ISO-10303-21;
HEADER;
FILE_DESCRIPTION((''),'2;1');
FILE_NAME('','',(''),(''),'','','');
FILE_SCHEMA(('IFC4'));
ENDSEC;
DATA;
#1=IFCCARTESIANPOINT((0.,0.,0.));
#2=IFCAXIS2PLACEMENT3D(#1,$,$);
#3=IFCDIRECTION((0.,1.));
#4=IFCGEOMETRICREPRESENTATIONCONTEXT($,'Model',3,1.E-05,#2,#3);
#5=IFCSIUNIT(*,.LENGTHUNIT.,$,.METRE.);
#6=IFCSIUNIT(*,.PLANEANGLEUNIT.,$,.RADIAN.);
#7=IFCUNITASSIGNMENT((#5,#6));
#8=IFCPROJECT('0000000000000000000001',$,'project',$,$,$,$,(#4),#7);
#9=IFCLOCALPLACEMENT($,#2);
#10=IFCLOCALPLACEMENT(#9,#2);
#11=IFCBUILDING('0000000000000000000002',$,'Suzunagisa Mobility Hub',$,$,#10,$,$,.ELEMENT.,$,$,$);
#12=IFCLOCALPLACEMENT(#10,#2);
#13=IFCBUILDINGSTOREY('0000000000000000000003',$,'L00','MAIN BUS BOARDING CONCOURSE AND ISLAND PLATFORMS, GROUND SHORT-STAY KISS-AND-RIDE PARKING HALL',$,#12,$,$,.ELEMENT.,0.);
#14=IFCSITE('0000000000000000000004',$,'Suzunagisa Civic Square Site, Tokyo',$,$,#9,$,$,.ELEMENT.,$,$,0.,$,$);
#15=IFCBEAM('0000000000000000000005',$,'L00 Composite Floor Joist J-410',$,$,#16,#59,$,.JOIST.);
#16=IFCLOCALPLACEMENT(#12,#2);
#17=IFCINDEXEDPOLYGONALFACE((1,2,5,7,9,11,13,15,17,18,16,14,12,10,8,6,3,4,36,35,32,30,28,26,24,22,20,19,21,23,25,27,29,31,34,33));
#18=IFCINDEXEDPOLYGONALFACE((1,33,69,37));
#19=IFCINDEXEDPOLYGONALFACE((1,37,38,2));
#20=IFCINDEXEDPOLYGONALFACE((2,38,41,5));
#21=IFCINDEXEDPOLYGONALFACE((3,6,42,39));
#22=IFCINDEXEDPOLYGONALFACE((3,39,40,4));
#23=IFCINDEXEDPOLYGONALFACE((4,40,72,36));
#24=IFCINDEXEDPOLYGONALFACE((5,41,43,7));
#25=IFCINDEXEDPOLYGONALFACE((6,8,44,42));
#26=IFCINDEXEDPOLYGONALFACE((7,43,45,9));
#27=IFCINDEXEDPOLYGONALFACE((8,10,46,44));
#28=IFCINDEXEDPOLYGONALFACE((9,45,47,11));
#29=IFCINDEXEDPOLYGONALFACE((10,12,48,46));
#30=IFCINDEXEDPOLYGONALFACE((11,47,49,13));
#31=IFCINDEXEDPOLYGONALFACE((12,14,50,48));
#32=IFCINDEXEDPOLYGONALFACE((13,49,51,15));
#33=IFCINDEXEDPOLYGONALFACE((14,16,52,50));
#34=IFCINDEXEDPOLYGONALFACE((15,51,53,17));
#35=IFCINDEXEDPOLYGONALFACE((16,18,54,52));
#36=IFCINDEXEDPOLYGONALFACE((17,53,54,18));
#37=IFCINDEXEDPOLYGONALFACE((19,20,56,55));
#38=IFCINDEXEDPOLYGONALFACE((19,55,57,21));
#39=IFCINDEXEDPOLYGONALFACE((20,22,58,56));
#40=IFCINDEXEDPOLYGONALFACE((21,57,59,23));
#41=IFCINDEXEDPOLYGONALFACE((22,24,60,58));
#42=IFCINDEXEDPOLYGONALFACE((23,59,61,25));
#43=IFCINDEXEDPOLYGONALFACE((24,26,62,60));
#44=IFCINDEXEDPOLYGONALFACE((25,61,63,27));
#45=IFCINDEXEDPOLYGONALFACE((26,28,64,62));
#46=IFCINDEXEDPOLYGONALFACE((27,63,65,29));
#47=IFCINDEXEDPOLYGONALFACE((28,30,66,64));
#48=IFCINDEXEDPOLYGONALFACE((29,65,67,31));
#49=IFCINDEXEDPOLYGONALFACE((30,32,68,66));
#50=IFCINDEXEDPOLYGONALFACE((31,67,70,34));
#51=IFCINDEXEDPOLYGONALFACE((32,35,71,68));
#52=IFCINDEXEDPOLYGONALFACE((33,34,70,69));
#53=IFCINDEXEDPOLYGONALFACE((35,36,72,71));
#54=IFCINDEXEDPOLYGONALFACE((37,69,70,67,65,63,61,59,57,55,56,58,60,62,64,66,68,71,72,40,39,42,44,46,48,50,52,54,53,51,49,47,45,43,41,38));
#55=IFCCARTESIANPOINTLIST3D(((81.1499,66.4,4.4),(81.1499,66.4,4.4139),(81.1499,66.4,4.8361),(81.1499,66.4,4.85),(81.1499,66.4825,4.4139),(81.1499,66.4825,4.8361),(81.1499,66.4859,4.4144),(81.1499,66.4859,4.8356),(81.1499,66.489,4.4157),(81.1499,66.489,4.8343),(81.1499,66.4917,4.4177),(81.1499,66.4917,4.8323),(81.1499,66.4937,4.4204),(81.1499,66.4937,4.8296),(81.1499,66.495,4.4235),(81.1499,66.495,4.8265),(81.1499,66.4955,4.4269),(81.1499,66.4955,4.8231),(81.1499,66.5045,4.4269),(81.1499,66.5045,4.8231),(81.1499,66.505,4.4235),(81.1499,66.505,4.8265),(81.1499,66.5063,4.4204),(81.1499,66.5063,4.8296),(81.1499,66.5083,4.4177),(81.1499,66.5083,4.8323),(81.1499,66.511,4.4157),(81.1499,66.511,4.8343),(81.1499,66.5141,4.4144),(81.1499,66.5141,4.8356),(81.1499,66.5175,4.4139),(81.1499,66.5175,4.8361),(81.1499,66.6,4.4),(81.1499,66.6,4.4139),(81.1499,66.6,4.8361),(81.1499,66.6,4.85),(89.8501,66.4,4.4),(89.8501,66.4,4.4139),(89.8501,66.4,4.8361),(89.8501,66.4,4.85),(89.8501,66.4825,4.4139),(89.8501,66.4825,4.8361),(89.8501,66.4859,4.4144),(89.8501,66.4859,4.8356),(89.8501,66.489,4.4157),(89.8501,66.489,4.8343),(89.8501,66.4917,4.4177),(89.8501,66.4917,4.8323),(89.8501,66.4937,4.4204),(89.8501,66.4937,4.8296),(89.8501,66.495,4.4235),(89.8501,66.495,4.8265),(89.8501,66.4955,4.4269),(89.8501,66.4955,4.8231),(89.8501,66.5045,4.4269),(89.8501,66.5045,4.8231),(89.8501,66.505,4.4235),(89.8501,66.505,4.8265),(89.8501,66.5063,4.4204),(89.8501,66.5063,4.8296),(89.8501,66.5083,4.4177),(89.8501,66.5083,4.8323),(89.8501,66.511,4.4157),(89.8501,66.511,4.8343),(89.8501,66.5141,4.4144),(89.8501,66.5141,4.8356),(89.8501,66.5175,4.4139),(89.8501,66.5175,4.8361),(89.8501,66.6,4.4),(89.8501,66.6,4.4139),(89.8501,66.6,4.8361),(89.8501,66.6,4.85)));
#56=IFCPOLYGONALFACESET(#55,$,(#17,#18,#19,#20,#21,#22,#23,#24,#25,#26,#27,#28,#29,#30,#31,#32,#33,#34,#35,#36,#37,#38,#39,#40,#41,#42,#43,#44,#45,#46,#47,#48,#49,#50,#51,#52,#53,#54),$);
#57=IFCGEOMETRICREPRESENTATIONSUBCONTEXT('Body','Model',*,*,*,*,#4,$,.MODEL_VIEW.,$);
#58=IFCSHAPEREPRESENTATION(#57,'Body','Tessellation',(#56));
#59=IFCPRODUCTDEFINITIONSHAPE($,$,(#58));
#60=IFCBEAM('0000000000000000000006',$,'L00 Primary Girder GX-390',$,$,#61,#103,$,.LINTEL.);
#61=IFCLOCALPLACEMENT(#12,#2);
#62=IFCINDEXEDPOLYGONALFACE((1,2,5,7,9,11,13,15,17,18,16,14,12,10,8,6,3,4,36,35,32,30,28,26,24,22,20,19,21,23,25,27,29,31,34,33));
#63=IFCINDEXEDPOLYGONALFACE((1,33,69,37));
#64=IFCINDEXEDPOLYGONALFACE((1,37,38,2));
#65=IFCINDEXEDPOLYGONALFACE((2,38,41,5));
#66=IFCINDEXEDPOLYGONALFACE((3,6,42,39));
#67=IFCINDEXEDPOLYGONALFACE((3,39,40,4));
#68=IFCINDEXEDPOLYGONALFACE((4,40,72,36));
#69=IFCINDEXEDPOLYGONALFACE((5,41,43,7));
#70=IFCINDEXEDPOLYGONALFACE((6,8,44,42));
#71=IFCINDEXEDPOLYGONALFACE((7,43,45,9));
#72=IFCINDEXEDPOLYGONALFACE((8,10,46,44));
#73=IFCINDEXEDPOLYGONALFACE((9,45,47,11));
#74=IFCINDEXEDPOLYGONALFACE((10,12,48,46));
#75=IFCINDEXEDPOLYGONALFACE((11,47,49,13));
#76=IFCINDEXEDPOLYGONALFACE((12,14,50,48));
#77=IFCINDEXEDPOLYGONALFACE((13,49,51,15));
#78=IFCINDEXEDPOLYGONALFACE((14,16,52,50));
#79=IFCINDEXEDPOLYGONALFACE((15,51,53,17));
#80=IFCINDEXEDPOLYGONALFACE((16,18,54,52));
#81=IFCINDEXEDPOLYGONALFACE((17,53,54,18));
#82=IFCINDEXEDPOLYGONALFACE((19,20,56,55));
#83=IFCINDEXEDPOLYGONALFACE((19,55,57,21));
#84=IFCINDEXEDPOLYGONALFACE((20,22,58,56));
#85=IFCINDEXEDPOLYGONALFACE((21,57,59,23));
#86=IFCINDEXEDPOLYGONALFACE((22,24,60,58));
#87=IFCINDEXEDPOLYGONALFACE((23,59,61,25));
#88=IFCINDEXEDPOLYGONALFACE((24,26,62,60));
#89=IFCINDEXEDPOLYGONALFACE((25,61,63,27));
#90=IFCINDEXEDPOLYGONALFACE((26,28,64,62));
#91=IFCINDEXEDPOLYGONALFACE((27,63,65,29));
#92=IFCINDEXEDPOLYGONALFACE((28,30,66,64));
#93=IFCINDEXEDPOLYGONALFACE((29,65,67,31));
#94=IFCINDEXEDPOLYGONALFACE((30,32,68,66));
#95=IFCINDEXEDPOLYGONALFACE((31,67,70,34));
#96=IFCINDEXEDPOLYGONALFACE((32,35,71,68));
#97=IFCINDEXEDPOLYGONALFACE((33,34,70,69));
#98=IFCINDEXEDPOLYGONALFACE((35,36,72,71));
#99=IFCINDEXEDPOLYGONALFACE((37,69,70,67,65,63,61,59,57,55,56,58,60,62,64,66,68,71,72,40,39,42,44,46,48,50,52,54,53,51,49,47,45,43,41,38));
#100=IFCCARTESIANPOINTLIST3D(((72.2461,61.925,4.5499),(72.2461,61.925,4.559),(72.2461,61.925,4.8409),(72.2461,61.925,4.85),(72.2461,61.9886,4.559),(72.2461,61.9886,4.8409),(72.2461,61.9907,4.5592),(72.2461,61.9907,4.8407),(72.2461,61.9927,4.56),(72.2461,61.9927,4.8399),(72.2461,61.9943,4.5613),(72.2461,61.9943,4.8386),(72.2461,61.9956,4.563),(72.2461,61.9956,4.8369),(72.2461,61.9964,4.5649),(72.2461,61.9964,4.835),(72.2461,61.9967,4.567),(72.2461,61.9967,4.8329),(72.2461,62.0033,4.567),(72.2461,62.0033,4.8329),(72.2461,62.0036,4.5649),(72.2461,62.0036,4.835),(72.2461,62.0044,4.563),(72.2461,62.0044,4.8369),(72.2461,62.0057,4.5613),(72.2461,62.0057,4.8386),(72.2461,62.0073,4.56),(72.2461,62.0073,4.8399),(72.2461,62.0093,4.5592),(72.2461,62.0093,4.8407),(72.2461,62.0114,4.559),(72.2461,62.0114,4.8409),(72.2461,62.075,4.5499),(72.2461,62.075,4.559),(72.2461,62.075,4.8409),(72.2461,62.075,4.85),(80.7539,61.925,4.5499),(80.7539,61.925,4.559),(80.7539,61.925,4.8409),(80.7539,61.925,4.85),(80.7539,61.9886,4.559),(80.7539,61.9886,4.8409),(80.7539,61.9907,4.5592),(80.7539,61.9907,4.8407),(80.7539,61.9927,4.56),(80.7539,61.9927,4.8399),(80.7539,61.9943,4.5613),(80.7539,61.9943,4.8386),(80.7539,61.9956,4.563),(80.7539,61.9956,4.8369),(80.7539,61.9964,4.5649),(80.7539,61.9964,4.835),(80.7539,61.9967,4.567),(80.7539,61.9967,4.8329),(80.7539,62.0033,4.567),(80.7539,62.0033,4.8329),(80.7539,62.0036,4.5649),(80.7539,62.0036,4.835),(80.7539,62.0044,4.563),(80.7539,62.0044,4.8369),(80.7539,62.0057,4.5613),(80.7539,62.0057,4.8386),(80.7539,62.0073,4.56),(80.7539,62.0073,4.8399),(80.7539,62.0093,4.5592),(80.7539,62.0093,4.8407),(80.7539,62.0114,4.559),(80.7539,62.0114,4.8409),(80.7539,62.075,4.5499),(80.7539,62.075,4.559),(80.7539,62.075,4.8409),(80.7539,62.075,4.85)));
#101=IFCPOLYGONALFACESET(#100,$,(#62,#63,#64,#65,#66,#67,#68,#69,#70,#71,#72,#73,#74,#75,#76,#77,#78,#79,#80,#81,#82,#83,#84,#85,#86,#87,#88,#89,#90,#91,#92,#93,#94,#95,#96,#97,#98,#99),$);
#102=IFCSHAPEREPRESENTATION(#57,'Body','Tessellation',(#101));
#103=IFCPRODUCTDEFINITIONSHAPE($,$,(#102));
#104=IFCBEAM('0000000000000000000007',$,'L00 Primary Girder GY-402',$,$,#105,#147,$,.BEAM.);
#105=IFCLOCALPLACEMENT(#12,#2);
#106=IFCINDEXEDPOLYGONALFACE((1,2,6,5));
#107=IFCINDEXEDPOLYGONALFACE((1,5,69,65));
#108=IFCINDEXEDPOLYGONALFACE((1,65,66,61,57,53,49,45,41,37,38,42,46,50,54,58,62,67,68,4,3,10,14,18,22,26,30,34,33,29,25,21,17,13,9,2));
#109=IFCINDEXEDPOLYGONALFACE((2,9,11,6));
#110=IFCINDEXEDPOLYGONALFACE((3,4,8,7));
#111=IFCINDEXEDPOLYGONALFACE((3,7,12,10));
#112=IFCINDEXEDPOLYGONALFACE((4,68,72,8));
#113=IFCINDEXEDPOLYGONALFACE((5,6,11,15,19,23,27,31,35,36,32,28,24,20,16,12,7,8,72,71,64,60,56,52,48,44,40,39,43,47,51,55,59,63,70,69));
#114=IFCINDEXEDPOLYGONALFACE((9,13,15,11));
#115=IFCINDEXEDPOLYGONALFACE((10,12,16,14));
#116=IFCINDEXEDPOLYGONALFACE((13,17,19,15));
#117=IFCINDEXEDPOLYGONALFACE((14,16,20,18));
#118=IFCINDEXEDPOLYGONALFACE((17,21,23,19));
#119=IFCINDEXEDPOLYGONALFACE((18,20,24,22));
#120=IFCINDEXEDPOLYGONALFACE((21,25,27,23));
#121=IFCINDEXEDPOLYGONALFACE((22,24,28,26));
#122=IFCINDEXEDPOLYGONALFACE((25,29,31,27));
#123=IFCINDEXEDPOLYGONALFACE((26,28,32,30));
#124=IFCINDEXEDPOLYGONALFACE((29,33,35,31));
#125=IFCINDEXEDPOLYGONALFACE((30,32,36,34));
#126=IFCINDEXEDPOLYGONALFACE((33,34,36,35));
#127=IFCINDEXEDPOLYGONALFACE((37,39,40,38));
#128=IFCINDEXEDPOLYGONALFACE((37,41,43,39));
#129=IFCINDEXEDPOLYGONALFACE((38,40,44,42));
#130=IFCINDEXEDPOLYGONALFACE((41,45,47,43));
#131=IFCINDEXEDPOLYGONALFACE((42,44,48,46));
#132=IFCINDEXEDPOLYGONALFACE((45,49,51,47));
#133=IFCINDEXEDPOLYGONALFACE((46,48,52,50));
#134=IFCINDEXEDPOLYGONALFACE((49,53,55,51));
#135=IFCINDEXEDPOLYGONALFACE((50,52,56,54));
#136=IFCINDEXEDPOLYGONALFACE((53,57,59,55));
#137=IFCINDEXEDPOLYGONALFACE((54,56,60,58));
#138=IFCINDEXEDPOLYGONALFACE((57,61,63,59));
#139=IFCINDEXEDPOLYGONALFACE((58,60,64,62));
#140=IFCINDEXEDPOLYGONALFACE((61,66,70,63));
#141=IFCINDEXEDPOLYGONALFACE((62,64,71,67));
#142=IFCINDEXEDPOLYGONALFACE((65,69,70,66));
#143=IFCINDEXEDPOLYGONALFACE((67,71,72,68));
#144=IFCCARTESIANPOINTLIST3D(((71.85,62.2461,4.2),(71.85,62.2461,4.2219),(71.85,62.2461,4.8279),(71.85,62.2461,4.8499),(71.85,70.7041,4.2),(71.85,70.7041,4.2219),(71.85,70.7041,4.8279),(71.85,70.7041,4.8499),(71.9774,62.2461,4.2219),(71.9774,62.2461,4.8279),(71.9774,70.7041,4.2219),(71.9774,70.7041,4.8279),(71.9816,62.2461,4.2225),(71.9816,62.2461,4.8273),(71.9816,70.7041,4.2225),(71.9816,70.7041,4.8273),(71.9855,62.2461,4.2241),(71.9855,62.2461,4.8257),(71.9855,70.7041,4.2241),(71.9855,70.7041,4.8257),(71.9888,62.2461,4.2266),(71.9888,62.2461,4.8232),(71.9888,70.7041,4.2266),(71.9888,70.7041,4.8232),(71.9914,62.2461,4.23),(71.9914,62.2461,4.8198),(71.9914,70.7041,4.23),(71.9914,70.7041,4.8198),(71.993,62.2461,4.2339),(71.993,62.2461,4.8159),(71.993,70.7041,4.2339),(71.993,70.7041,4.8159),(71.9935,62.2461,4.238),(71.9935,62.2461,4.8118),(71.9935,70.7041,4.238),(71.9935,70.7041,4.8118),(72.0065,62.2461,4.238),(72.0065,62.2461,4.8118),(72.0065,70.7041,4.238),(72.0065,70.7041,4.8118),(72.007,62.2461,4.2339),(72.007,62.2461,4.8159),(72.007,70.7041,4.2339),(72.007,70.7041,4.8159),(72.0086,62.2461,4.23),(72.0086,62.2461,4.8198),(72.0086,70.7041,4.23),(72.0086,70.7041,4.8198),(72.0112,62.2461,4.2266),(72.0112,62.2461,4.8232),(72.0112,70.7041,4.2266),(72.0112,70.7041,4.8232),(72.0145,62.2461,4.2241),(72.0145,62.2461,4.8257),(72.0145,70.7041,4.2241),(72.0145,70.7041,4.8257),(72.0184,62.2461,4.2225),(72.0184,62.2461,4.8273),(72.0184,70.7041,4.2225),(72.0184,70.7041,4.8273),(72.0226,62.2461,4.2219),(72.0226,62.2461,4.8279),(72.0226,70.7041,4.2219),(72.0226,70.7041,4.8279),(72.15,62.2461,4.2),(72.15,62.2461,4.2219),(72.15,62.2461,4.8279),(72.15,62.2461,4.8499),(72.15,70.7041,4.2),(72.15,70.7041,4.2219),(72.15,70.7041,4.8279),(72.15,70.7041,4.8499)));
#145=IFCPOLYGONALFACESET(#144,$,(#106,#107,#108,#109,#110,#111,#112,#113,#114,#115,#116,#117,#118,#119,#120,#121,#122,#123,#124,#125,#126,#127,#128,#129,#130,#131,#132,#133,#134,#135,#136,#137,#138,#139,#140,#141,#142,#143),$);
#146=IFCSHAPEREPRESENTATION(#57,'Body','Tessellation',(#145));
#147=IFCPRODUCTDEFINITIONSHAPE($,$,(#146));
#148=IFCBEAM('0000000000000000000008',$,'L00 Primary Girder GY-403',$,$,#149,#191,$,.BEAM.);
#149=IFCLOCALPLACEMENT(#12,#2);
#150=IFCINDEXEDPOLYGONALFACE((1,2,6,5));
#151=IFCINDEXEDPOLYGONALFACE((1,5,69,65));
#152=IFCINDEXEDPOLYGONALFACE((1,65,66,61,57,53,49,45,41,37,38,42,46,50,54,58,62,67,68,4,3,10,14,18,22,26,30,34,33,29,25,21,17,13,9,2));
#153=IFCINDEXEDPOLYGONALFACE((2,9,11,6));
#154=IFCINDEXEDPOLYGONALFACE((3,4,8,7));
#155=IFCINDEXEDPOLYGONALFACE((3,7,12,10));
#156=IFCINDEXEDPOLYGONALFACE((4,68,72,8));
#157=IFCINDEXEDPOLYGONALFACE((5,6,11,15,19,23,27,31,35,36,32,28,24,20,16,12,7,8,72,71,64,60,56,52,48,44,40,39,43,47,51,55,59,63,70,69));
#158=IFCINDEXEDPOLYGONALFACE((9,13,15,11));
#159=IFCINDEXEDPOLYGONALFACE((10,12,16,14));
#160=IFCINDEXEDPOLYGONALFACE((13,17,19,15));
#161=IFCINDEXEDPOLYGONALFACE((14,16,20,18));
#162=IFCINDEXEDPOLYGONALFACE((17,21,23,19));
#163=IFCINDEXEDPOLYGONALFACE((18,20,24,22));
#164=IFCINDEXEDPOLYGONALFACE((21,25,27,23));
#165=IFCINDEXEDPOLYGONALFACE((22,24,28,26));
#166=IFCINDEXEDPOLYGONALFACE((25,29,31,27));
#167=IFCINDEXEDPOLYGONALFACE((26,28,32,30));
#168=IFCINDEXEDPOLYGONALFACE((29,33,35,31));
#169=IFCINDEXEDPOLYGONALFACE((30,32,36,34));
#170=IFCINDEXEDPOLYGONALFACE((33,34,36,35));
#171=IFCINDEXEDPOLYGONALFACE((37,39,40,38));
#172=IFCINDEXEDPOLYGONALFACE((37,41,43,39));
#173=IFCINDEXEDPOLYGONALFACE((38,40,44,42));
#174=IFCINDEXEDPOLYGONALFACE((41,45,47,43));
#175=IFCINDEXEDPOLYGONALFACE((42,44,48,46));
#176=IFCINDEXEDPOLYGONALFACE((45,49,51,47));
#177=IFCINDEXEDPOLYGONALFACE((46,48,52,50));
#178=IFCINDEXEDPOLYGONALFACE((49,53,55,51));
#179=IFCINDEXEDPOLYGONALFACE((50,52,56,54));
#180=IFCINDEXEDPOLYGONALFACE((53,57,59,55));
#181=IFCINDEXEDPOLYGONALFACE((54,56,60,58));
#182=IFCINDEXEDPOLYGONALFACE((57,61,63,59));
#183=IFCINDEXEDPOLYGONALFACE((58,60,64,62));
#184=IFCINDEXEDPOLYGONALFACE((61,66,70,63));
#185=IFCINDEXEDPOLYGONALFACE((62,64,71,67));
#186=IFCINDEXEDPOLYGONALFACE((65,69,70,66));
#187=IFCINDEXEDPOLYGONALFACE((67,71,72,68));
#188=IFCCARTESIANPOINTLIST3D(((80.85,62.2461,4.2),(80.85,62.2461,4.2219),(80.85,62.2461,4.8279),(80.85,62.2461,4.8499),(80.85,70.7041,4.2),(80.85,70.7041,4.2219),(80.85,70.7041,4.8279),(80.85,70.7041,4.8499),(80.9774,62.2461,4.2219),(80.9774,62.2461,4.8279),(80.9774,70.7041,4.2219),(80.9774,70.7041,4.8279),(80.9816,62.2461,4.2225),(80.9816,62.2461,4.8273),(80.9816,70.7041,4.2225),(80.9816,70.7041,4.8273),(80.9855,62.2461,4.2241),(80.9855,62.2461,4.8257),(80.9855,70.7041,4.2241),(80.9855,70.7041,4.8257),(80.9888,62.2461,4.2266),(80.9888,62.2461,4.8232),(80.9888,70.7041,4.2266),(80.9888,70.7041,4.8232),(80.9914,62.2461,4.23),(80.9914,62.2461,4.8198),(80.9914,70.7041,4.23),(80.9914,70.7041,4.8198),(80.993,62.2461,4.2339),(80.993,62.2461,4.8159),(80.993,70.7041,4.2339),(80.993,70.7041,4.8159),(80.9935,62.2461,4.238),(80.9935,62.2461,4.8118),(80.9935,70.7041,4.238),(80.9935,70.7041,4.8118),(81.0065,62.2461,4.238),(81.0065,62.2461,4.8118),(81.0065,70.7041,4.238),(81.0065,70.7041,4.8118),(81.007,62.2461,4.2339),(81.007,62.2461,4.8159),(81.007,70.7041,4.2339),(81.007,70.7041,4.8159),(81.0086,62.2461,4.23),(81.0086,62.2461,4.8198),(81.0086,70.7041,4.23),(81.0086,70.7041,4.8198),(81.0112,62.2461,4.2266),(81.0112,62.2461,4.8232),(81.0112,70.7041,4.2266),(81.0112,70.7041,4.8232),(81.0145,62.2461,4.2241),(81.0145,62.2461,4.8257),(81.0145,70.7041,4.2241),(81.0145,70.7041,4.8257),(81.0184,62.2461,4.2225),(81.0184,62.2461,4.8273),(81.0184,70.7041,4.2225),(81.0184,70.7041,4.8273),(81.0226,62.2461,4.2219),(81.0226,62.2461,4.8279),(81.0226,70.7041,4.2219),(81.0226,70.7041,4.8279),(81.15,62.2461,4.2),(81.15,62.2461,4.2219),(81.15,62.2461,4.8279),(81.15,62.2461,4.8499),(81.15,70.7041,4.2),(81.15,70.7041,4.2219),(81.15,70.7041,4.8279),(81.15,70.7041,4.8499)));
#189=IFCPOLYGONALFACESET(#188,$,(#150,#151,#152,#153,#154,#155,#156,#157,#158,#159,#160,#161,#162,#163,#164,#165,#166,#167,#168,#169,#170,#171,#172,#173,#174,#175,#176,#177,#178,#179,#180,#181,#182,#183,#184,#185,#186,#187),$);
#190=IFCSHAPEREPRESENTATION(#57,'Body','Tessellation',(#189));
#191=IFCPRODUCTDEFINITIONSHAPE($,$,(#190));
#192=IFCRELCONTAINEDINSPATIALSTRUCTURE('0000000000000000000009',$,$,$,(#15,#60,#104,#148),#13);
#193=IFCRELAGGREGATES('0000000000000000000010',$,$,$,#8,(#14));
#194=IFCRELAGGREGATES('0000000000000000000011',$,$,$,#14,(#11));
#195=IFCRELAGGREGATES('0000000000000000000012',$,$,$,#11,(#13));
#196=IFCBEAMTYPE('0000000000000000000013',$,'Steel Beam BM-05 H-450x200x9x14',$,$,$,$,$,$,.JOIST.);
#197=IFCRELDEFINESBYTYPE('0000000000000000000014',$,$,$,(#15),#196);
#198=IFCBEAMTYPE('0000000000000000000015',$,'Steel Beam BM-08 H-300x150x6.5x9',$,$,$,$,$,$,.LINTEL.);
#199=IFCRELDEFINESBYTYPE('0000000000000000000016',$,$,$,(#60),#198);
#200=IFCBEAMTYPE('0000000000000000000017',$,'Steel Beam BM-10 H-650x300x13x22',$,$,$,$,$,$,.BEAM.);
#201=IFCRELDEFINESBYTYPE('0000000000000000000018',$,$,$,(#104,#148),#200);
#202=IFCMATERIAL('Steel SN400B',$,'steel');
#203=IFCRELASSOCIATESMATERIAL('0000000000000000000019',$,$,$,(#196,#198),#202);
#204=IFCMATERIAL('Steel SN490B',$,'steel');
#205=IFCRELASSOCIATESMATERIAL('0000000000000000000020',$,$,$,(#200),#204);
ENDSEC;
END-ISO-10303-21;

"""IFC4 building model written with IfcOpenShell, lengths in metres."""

from ifc_helpers import new_model, si_unit, direction, frame, origin, origin_2d, place, context, subcontext, project, spatial, i_section, extrude, material, material_profile, profile_set, type_object, element, save


model = new_model("IFC4")

# Units and contexts
model_context = context("Model", 3, precision=1e-05, world=origin(), true_north=direction((0.0, 1.0)))
body_context = subcontext(model_context, "Body", "Model", "MODEL_VIEW")
ifc_project = project(units=[si_unit("LENGTHUNIT", "METRE"), si_unit("PLANEANGLEUNIT", "RADIAN")], contexts=[model_context])

# Site, building, storey
site_placement = place(None, origin())
site = spatial("IfcSite", under=ifc_project, at=site_placement, Name="Suzunagisa Civic Square Site, Tokyo", CompositionType="ELEMENT", RefElevation=0.0)
building_placement = place(site_placement, origin())
building = spatial("IfcBuilding", under=site, at=building_placement, Name="Suzunagisa Mobility Hub", CompositionType="ELEMENT")
storey_placement = place(building_placement, origin())
storey = spatial("IfcBuildingStorey", under=building, at=storey_placement, Name="L00", Description="MAIN BUS BOARDING CONCOURSE AND ISLAND PLATFORMS, GROUND SHORT-STAY KISS-AND-RIDE PARKING HALL", CompositionType="ELEMENT", Elevation=0.0)

# Shared definitions
ifc_material_1 = material(Name="Steel SN490B", Category="steel")

# Beams
ifc_material_2 = material(Name="Steel SN400B", Category="steel")
ifc_material_profile_1 = material_profile(ifc_material_2, i_section(OverallWidth=0.2, OverallDepth=0.45, WebThickness=0.009, FlangeThickness=0.0139, FilletRadius=0.0129, at=origin_2d()), Name="H-450x200x9x14")
ifc_profile_set_1 = profile_set([ifc_material_profile_1], Name="Steel SN400B")
beam_type_1 = type_object("IfcBeamType", Name="Steel Beam BM-05 H-450x200x9x14", PredefinedType="JOIST", material=ifc_profile_set_1)
for number, where, z_axis, x_axis, name in (
    (1, (81.1499, 66.5, 4.625), (1.0, 0.0, 0.0), (0.0, 1.0, 0.0), "L00 Composite Floor Joist J-410"),
):
    element("IfcBeam", number, at=place(storey_placement, frame(where, z_axis=z_axis, x_axis=x_axis)), inside=storey, type_object=beam_type_1, Name=name, PredefinedType="JOIST", context=body_context, shape_type="SweptSolid", body=[
        extrude(i_section(OverallWidth=0.2, OverallDepth=0.45, WebThickness=0.009, FlangeThickness=0.0139, FilletRadius=0.0129, at=origin_2d()), origin(), (0.0, 0.0, 1.0), 8.7002),
    ])
ifc_material_profile_2 = material_profile(ifc_material_2, i_section(OverallWidth=0.1499, OverallDepth=0.3, WebThickness=0.0066, FlangeThickness=0.009, FilletRadius=0.0081, at=origin_2d()), Name="H-300x150x6.5x9")
ifc_profile_set_2 = profile_set([ifc_material_profile_2], Name="Steel SN400B")
beam_type_2 = type_object("IfcBeamType", Name="Steel Beam BM-08 H-300x150x6.5x9", PredefinedType="LINTEL", material=ifc_profile_set_2)
beam_placement = place(storey_placement, frame((72.2461, 62.0, 4.7), z_axis=(1.0, 0.0, 0.0), x_axis=(0.0, 1.0, 0.0)))
element("IfcBeam", 2, at=beam_placement, inside=storey, type_object=beam_type_2, Name="L00 Primary Girder GX-390", PredefinedType="LINTEL", context=body_context, shape_type="SweptSolid", body=[
    extrude(i_section(OverallWidth=0.1499, OverallDepth=0.3, WebThickness=0.0066, FlangeThickness=0.009, FilletRadius=0.0081, at=origin_2d()), origin(), (0.0, 0.0, 1.0), 8.5078),
])
ifc_material_profile_3 = material_profile(ifc_material_1, i_section(OverallWidth=0.3, OverallDepth=0.6499, WebThickness=0.0129, FlangeThickness=0.022, FilletRadius=0.0161, at=origin_2d()), Name="H-650x300x13x22")
ifc_profile_set_3 = profile_set([ifc_material_profile_3], Name="Steel SN490B")
beam_type_3 = type_object("IfcBeamType", Name="Steel Beam BM-10 H-650x300x13x22", PredefinedType="BEAM", material=ifc_profile_set_3)
for number, where, z_axis, x_axis, name in (
    (3, (72.0, 62.2461, 4.5249), (0.0, 1.0, 0.0), (-1.0, 0.0, 0.0), "L00 Primary Girder GY-402"),
    (4, (81.0, 62.2461, 4.5249), (0.0, 1.0, 0.0), (-1.0, 0.0, 0.0), "L00 Primary Girder GY-403"),
):
    element("IfcBeam", number, at=place(storey_placement, frame(where, z_axis=z_axis, x_axis=x_axis)), inside=storey, type_object=beam_type_3, Name=name, PredefinedType="BEAM", context=body_context, shape_type="SweptSolid", body=[
        extrude(i_section(OverallWidth=0.3, OverallDepth=0.6499, WebThickness=0.0129, FlangeThickness=0.022, FilletRadius=0.0161, at=origin_2d()), origin(), (0.0, 0.0, 1.0), 8.458),
    ])

save(model, "model.ifc")
